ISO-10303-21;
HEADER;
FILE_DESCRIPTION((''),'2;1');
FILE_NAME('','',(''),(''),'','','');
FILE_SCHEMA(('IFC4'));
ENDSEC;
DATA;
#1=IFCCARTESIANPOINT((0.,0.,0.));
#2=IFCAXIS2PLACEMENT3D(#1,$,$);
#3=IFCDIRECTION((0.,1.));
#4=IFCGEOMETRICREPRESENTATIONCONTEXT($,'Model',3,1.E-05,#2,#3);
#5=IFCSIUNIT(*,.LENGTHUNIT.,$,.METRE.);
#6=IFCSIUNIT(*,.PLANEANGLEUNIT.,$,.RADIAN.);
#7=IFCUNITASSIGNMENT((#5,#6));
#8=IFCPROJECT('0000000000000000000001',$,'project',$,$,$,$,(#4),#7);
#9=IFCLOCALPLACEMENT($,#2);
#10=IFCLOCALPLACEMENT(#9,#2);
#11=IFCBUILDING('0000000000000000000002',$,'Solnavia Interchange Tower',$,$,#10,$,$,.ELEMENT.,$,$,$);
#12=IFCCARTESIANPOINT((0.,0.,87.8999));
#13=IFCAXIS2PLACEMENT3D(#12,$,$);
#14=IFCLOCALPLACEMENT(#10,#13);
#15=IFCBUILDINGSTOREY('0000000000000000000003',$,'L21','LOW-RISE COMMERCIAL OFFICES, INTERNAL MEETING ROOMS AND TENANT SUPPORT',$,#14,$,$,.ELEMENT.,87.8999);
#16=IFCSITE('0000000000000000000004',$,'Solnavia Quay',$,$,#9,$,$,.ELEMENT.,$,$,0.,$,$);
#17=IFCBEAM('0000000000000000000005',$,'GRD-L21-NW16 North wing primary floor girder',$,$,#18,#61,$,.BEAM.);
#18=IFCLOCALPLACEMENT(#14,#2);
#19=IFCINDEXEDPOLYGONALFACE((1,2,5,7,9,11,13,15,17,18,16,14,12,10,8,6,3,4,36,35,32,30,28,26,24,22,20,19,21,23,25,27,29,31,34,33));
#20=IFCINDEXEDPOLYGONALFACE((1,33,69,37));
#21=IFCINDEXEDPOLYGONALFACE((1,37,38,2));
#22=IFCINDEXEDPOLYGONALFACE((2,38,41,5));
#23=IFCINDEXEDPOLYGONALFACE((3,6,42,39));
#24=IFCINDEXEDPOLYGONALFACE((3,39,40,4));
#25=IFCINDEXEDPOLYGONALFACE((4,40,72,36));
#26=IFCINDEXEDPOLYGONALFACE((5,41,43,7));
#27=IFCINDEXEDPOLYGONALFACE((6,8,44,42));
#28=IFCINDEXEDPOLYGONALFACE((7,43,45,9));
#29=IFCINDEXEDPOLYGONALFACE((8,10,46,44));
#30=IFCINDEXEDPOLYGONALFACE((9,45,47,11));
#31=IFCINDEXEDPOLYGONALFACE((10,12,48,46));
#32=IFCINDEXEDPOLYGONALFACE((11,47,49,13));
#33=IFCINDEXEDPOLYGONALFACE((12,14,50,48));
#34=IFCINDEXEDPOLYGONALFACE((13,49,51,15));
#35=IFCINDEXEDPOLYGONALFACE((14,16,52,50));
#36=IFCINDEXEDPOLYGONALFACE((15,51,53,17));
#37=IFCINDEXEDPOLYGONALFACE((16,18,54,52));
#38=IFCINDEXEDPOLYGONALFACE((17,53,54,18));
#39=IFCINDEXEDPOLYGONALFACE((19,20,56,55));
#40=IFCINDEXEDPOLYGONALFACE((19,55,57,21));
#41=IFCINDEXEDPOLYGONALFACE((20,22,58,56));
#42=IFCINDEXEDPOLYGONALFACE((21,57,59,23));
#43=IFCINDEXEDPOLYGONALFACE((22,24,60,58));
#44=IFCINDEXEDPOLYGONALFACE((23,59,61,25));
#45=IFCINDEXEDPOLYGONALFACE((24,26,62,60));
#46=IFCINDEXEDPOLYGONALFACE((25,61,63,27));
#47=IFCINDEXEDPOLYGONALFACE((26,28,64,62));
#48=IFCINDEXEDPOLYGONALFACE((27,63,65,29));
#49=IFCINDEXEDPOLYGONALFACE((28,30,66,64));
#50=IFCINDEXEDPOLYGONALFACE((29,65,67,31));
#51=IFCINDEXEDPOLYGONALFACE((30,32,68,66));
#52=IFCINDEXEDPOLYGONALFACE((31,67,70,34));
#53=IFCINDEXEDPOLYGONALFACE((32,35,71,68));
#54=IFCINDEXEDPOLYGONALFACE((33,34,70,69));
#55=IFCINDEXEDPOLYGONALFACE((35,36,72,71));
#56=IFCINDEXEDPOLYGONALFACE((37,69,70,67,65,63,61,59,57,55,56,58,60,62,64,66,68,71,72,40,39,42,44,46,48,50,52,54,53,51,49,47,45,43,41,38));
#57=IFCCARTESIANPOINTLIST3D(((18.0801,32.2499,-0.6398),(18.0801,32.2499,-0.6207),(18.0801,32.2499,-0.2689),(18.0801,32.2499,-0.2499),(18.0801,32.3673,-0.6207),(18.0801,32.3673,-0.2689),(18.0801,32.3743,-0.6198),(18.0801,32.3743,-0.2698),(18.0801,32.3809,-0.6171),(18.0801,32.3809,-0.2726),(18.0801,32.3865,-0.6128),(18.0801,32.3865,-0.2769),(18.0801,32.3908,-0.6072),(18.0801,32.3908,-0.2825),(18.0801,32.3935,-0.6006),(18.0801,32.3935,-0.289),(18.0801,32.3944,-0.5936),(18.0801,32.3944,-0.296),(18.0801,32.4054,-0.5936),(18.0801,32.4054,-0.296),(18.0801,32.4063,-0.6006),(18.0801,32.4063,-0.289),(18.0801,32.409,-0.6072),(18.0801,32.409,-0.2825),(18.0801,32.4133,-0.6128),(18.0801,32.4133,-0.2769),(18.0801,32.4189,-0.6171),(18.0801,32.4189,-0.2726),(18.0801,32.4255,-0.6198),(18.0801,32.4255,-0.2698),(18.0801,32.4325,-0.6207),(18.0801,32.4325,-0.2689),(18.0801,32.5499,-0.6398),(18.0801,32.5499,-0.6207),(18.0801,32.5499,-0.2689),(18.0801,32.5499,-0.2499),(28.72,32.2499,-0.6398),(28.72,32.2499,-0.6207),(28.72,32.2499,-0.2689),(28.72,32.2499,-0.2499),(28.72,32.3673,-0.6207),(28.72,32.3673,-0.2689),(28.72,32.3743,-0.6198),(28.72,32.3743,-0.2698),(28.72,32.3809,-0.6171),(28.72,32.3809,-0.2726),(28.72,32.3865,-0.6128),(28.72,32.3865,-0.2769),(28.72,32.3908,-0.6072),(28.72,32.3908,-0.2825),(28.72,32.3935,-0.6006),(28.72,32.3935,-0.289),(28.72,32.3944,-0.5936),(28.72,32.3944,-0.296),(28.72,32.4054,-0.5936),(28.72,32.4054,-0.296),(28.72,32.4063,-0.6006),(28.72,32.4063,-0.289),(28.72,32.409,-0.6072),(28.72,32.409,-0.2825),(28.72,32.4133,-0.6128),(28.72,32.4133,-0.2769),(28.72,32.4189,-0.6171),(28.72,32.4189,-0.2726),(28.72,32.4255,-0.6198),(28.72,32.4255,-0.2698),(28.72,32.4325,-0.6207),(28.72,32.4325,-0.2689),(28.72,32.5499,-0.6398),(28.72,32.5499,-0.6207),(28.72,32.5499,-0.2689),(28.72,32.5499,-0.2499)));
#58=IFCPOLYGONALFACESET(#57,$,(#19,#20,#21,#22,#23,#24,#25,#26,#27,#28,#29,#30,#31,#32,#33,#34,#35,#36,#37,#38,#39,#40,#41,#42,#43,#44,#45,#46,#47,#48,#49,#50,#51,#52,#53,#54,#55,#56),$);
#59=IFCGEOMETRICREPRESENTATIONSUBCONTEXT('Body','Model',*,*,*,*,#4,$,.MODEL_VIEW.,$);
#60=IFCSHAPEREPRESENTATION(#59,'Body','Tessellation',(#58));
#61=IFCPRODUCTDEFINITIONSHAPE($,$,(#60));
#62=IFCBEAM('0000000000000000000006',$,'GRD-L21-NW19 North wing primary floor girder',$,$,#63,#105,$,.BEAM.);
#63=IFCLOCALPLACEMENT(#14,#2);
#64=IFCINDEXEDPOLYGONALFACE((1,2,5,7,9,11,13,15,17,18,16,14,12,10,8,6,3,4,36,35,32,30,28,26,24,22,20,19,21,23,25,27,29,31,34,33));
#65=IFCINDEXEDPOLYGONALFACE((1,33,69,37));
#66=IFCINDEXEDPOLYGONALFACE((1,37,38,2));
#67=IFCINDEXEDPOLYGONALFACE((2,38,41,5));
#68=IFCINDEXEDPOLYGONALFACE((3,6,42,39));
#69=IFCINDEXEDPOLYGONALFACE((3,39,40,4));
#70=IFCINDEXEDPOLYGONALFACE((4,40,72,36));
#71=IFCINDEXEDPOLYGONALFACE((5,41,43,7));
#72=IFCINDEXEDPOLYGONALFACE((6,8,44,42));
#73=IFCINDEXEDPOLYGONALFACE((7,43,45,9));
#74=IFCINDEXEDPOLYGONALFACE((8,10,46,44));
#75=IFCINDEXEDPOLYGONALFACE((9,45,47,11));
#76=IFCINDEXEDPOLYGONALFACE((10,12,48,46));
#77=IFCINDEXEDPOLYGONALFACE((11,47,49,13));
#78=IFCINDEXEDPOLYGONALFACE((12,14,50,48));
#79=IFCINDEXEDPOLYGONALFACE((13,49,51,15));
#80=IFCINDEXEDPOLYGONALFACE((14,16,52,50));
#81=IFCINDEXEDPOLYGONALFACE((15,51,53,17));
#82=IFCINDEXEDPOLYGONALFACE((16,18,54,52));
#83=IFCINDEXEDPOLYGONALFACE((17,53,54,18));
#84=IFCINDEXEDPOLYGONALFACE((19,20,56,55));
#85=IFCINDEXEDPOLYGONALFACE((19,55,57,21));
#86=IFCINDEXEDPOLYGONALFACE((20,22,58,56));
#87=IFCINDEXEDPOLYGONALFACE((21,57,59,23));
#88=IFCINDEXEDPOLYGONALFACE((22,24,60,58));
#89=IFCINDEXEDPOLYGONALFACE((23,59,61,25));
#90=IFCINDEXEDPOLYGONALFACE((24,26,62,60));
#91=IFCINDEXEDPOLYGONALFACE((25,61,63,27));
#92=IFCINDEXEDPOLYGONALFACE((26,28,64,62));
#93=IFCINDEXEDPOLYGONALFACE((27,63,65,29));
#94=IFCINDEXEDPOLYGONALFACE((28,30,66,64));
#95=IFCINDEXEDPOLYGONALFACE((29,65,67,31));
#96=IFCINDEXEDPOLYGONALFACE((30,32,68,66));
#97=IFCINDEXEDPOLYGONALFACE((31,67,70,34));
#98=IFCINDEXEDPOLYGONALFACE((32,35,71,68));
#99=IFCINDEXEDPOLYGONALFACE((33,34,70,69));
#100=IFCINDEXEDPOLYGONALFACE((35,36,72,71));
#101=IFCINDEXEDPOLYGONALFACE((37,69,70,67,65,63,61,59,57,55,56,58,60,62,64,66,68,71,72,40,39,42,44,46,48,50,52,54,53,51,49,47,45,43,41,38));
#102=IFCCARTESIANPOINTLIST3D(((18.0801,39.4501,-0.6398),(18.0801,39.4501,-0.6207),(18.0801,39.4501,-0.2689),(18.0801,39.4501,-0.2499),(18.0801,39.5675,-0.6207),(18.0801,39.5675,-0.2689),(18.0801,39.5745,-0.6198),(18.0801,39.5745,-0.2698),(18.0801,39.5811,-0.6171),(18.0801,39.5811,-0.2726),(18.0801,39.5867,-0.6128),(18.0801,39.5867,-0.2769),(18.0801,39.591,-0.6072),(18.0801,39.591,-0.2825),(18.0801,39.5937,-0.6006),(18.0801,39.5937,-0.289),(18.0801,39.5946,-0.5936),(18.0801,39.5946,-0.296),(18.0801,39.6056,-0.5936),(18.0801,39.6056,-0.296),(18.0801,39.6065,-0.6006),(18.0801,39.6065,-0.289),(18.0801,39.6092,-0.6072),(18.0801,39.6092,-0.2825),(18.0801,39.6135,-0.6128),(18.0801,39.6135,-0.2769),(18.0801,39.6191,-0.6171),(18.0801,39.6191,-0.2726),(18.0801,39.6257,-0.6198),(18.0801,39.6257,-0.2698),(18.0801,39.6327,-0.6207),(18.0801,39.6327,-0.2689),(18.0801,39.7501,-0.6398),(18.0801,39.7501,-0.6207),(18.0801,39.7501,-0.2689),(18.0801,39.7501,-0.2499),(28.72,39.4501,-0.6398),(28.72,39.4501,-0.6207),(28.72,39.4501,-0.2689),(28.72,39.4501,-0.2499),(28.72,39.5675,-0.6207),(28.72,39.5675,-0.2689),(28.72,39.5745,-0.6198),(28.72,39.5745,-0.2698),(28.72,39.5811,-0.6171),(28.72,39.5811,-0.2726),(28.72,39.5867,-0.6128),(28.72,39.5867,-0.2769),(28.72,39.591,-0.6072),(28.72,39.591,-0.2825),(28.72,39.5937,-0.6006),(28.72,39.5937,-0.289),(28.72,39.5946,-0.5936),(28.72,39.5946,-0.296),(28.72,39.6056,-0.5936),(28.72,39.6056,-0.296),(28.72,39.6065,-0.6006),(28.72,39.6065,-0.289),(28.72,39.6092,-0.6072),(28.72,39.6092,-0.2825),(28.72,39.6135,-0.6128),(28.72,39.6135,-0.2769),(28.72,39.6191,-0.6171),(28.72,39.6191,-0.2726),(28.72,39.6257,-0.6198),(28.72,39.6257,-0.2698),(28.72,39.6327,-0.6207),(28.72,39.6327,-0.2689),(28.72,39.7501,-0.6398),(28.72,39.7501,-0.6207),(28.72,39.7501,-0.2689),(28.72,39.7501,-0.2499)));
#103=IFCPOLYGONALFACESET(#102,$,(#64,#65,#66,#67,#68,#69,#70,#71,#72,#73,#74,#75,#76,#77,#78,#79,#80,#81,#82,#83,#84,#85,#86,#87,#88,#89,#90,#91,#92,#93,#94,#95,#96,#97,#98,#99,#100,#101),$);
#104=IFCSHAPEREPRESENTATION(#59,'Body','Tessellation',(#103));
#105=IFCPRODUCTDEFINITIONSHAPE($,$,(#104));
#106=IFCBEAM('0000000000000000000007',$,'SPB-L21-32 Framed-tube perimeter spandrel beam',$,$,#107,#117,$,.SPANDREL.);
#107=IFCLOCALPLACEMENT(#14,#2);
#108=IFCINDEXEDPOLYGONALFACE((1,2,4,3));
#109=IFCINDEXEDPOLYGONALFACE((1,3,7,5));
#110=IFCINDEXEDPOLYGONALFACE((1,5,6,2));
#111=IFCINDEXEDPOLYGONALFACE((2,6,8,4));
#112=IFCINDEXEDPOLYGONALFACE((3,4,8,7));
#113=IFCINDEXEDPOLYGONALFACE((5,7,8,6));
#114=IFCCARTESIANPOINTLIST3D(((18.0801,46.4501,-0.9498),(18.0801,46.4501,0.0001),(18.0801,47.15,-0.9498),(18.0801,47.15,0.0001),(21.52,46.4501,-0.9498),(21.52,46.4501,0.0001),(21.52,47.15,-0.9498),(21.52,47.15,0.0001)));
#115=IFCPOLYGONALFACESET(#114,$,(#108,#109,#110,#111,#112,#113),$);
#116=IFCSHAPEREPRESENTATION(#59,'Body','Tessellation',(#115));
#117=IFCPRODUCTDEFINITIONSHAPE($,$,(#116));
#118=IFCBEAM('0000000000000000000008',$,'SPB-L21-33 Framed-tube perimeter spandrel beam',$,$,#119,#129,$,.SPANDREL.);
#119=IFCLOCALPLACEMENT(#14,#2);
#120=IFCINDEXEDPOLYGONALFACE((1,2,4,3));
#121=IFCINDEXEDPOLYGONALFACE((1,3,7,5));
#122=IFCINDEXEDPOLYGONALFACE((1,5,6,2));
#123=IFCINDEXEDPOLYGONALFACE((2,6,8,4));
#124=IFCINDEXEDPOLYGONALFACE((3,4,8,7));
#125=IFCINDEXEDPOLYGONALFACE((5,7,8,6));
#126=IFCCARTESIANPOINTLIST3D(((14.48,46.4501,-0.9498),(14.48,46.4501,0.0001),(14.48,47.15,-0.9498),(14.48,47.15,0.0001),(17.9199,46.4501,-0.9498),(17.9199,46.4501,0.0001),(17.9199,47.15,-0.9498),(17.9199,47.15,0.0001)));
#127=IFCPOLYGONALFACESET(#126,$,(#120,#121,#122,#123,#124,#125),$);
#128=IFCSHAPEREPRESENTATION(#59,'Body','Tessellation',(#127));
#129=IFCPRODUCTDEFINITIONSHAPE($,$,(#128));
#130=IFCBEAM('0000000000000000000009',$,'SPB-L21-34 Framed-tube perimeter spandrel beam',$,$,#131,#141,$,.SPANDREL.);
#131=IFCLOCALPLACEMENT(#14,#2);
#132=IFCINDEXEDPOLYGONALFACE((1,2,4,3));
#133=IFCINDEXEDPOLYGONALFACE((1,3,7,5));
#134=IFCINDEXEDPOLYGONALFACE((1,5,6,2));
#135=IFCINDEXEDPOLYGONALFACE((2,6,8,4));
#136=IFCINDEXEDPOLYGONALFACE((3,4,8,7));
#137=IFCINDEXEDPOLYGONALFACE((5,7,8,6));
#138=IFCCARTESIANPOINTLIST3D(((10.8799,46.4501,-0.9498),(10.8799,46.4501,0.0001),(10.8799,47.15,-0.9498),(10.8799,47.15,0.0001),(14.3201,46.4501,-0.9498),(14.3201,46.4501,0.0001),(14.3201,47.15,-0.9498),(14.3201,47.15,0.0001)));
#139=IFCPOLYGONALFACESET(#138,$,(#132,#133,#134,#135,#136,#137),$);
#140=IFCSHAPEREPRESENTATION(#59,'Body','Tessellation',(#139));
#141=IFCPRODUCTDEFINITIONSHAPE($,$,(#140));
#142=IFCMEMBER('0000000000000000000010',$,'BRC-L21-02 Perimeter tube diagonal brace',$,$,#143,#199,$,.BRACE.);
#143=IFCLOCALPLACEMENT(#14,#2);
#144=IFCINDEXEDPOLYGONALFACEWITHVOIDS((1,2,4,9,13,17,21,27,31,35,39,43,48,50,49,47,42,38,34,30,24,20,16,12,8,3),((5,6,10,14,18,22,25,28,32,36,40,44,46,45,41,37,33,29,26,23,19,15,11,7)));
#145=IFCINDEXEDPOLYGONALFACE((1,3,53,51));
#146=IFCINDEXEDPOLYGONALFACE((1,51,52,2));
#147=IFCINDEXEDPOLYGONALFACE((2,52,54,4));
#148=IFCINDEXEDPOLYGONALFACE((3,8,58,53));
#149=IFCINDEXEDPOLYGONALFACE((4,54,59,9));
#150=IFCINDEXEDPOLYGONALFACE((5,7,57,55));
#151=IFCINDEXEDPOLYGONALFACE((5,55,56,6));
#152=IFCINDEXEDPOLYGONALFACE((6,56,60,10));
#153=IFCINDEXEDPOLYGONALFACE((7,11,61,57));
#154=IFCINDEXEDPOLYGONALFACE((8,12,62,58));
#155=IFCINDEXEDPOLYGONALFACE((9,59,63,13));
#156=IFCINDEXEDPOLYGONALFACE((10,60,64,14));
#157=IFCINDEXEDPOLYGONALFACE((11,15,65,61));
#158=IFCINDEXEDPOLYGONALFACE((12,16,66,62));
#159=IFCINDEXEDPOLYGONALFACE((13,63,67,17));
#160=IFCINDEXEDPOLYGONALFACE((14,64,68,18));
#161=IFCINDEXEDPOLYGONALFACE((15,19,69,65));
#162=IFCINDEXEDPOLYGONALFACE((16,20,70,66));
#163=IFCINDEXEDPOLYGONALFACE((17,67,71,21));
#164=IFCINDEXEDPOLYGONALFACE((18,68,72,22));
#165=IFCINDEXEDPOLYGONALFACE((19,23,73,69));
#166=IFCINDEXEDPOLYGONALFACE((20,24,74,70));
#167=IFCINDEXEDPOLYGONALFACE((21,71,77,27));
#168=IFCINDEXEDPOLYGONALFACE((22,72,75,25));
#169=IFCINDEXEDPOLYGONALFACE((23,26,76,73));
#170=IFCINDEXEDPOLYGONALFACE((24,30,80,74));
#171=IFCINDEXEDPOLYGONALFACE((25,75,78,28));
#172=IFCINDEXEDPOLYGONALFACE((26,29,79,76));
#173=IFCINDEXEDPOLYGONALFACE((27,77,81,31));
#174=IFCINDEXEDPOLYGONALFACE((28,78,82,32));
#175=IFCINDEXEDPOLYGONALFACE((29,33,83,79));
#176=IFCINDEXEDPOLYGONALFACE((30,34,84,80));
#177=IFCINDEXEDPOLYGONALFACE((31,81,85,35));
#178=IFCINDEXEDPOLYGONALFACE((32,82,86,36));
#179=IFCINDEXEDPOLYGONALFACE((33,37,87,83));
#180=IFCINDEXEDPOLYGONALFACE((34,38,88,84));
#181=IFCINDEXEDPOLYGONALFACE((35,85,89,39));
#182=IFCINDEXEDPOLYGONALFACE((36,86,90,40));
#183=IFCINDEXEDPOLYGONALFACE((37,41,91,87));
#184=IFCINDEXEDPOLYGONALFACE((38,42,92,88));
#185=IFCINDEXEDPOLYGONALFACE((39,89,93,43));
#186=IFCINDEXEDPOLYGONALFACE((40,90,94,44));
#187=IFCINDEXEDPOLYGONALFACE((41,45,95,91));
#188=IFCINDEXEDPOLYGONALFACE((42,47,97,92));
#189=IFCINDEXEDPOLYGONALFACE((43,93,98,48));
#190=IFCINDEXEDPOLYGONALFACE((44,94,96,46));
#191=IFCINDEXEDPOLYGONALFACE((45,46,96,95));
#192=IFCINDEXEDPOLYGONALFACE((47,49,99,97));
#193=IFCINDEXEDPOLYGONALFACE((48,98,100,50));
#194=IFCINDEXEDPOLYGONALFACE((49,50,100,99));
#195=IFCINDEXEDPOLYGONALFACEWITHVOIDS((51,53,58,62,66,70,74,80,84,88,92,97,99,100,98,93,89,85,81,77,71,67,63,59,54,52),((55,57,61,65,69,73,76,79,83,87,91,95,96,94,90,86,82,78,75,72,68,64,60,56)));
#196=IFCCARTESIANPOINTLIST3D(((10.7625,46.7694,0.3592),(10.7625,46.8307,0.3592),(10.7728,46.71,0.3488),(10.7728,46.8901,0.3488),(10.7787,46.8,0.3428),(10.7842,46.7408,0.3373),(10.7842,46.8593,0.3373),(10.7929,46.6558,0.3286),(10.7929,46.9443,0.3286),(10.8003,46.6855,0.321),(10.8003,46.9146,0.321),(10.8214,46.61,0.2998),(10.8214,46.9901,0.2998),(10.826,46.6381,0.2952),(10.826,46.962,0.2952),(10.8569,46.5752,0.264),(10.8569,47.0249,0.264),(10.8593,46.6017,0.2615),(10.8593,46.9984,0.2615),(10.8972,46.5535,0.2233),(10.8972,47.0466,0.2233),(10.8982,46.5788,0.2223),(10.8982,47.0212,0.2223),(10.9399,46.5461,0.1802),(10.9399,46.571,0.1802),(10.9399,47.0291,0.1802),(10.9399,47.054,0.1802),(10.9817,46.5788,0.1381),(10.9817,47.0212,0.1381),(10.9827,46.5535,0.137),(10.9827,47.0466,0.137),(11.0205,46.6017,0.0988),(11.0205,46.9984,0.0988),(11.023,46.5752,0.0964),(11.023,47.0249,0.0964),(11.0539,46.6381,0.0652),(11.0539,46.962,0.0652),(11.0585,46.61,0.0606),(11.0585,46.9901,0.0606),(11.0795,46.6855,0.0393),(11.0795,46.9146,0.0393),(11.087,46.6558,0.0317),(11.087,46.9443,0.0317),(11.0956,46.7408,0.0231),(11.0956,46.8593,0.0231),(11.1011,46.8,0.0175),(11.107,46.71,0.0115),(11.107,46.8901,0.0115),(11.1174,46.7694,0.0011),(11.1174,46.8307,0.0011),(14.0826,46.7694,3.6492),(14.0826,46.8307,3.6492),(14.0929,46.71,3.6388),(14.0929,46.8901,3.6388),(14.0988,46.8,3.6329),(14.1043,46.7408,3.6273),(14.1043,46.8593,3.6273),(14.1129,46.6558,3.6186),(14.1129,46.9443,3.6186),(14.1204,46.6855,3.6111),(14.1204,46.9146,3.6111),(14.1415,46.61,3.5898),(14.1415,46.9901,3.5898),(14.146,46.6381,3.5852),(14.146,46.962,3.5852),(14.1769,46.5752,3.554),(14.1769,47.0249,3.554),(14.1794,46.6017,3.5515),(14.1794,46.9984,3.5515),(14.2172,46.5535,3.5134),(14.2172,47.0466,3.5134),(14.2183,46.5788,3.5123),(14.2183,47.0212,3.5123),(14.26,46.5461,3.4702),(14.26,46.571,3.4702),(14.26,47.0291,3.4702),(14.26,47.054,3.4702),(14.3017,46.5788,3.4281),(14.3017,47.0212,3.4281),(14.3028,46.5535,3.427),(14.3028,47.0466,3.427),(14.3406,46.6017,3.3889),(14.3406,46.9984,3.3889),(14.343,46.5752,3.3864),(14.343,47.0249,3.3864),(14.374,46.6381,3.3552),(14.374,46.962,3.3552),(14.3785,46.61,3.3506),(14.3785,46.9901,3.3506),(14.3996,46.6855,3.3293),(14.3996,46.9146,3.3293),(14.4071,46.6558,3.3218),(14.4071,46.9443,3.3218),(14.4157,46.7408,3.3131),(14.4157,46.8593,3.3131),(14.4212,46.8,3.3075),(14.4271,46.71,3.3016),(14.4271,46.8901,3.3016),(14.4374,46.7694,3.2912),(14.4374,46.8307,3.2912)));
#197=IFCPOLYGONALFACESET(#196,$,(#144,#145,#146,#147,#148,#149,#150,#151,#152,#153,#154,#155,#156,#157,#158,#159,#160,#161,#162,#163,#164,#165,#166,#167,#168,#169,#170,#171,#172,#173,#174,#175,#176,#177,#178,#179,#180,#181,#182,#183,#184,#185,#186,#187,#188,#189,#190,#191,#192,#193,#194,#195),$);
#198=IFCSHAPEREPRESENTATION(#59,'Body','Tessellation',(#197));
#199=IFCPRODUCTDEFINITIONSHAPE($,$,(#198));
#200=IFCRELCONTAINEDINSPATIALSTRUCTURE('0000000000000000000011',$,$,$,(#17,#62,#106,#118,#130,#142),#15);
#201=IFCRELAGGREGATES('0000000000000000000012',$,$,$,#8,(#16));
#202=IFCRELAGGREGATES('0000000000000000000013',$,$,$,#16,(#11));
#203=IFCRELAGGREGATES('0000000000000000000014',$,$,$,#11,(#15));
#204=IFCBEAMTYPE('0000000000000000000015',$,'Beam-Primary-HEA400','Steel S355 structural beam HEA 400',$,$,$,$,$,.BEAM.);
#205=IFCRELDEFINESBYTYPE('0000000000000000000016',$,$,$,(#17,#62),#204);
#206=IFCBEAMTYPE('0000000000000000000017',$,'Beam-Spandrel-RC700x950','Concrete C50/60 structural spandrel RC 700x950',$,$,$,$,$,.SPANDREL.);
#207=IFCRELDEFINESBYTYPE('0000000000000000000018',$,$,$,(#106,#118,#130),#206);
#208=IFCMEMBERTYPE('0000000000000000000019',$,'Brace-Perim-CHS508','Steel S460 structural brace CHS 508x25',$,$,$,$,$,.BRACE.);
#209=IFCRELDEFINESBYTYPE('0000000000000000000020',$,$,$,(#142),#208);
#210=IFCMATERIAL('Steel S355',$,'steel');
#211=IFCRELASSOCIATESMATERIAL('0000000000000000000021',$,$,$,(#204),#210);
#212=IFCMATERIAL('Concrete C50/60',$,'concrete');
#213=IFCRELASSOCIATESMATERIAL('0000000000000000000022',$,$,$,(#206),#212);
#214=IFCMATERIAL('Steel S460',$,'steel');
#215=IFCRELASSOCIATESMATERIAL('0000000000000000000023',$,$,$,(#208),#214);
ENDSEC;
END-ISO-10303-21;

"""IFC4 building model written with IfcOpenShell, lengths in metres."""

from ifc_helpers import new_model, si_unit, direction, frame, origin, origin_2d, place, context, subcontext, project, spatial, rectangle, hollow_circle, i_section, extrude, material, material_profile, profile_set, type_object, element, save


model = new_model("IFC4")

# Units and contexts
model_context = context("Model", 3, precision=1e-05, world=origin(), true_north=direction((0.0, 1.0)))
body_context = subcontext(model_context, "Body", "Model", "MODEL_VIEW")
ifc_project = project(units=[si_unit("LENGTHUNIT", "METRE"), si_unit("PLANEANGLEUNIT", "RADIAN")], contexts=[model_context])

# Site, building, storey
site_placement = place(None, origin())
site = spatial("IfcSite", under=ifc_project, at=site_placement, Name="Solnavia Quay", CompositionType="ELEMENT", RefElevation=0.0)
building_placement = place(site_placement, origin())
building = spatial("IfcBuilding", under=site, at=building_placement, Name="Solnavia Interchange Tower", CompositionType="ELEMENT")
storey_placement = place(building_placement, frame((0.0, 0.0, 87.8999)))
storey = spatial("IfcBuildingStorey", under=building, at=storey_placement, Name="L21", Description="LOW-RISE COMMERCIAL OFFICES, INTERNAL MEETING ROOMS AND TENANT SUPPORT", CompositionType="ELEMENT", Elevation=87.8999)

# Shared definitions
ifc_material_1 = material(Name="Concrete C50/60", Category="concrete")
ifc_material_2 = material(Name="Steel S355", Category="steel")

# Beams
ifc_material_3 = material(Name="Steel S460", Category="steel")
ifc_material_profile_1 = material_profile(ifc_material_2, i_section(OverallWidth=0.3, OverallDepth=0.3899, WebThickness=0.011, FlangeThickness=0.019, FilletRadius=0.0271, at=origin_2d()), Name="HEA 400")
ifc_profile_set_1 = profile_set([ifc_material_profile_1], Name="Steel S355")
beam_type_1 = type_object("IfcBeamType", Name="Beam-Primary-HEA400", Description="Steel S355 structural beam HEA 400", PredefinedType="BEAM", material=ifc_profile_set_1)
for number, where, z_axis, x_axis, name in (
    (1, (18.0801, 32.3999, -0.4448), (1.0, 0.0, 0.0), (0.0, 1.0, 0.0), "GRD-L21-NW16 North wing primary floor girder"),
    (2, (18.0801, 39.6001, -0.4448), (1.0, 0.0, 0.0), (0.0, 1.0, 0.0), "GRD-L21-NW19 North wing primary floor girder"),
):
    element("IfcBeam", number, at=place(storey_placement, frame(where, z_axis=z_axis, x_axis=x_axis)), inside=storey, type_object=beam_type_1, Name=name, PredefinedType="BEAM", context=body_context, shape_type="SweptSolid", body=[
        extrude(i_section(OverallWidth=0.3, OverallDepth=0.3899, WebThickness=0.011, FlangeThickness=0.019, FilletRadius=0.0271, at=origin_2d()), origin(), (0.0, 0.0, 1.0), 10.6399),
    ])
ifc_material_profile_2 = material_profile(ifc_material_1, rectangle(XDim=0.7, YDim=0.95, at=origin_2d()), Name="RC 700x950")
ifc_profile_set_2 = profile_set([ifc_material_profile_2], Name="Concrete C50/60")
beam_type_2 = type_object("IfcBeamType", Name="Beam-Spandrel-RC700x950", Description="Concrete C50/60 structural spandrel RC 700x950", PredefinedType="SPANDREL", material=ifc_profile_set_2)
for number, where, z_axis, x_axis, name in (
    (3, (21.52, 46.8, -0.4749), (-1.0, 0.0, 0.0), (0.0, -1.0, 0.0), "SPB-L21-32 Framed-tube perimeter spandrel beam"),
    (4, (17.9199, 46.8, -0.4749), (-1.0, 0.0, 0.0), (0.0, -1.0, 0.0), "SPB-L21-33 Framed-tube perimeter spandrel beam"),
):
    element("IfcBeam", number, at=place(storey_placement, frame(where, z_axis=z_axis, x_axis=x_axis)), inside=storey, type_object=beam_type_2, Name=name, PredefinedType="SPANDREL", context=body_context, shape_type="SweptSolid", body=[
        extrude(rectangle(XDim=0.7, YDim=0.95, at=origin_2d()), origin(), (0.0, 0.0, 1.0), 3.4399),
    ])
beam_placement = place(storey_placement, frame((14.3201, 46.8, -0.4749), z_axis=(-1.0, 0.0, 0.0), x_axis=(0.0, -1.0, 0.0)))
element("IfcBeam", 5, at=beam_placement, inside=storey, type_object=beam_type_2, Name="SPB-L21-34 Framed-tube perimeter spandrel beam", PredefinedType="SPANDREL", context=body_context, shape_type="SweptSolid", body=[
    extrude(rectangle(XDim=0.7, YDim=0.95, at=origin_2d()), origin(), (0.0, 0.0, 1.0), 3.4402),
])

# Member
ifc_material_profile_3 = material_profile(ifc_material_3, hollow_circle(Radius=0.2539, WallThickness=0.0249, at=origin_2d()), Name="CHS 508x25")
ifc_profile_set_3 = profile_set([ifc_material_profile_3], Name="Steel S460")
member_type = type_object("IfcMemberType", Name="Brace-Perim-CHS508", Description="Steel S460 structural brace CHS 508x25", PredefinedType="BRACE", material=ifc_profile_set_3)
member_placement = place(storey_placement, frame((10.9399, 46.8, 0.1802), z_axis=(0.710312, 0.0, 0.703887), x_axis=(0.0, 1.0, 0.0)))
element("IfcMember", 6, at=member_placement, inside=storey, type_object=member_type, Name="BRC-L21-02 Perimeter tube diagonal brace", PredefinedType="BRACE", context=body_context, shape_type="SweptSolid", body=[
    extrude(hollow_circle(Radius=0.2539, WallThickness=0.0249, at=origin_2d()), origin(), (0.0, 0.0, 1.0), 4.6741),
])

save(model, "model.ifc")
